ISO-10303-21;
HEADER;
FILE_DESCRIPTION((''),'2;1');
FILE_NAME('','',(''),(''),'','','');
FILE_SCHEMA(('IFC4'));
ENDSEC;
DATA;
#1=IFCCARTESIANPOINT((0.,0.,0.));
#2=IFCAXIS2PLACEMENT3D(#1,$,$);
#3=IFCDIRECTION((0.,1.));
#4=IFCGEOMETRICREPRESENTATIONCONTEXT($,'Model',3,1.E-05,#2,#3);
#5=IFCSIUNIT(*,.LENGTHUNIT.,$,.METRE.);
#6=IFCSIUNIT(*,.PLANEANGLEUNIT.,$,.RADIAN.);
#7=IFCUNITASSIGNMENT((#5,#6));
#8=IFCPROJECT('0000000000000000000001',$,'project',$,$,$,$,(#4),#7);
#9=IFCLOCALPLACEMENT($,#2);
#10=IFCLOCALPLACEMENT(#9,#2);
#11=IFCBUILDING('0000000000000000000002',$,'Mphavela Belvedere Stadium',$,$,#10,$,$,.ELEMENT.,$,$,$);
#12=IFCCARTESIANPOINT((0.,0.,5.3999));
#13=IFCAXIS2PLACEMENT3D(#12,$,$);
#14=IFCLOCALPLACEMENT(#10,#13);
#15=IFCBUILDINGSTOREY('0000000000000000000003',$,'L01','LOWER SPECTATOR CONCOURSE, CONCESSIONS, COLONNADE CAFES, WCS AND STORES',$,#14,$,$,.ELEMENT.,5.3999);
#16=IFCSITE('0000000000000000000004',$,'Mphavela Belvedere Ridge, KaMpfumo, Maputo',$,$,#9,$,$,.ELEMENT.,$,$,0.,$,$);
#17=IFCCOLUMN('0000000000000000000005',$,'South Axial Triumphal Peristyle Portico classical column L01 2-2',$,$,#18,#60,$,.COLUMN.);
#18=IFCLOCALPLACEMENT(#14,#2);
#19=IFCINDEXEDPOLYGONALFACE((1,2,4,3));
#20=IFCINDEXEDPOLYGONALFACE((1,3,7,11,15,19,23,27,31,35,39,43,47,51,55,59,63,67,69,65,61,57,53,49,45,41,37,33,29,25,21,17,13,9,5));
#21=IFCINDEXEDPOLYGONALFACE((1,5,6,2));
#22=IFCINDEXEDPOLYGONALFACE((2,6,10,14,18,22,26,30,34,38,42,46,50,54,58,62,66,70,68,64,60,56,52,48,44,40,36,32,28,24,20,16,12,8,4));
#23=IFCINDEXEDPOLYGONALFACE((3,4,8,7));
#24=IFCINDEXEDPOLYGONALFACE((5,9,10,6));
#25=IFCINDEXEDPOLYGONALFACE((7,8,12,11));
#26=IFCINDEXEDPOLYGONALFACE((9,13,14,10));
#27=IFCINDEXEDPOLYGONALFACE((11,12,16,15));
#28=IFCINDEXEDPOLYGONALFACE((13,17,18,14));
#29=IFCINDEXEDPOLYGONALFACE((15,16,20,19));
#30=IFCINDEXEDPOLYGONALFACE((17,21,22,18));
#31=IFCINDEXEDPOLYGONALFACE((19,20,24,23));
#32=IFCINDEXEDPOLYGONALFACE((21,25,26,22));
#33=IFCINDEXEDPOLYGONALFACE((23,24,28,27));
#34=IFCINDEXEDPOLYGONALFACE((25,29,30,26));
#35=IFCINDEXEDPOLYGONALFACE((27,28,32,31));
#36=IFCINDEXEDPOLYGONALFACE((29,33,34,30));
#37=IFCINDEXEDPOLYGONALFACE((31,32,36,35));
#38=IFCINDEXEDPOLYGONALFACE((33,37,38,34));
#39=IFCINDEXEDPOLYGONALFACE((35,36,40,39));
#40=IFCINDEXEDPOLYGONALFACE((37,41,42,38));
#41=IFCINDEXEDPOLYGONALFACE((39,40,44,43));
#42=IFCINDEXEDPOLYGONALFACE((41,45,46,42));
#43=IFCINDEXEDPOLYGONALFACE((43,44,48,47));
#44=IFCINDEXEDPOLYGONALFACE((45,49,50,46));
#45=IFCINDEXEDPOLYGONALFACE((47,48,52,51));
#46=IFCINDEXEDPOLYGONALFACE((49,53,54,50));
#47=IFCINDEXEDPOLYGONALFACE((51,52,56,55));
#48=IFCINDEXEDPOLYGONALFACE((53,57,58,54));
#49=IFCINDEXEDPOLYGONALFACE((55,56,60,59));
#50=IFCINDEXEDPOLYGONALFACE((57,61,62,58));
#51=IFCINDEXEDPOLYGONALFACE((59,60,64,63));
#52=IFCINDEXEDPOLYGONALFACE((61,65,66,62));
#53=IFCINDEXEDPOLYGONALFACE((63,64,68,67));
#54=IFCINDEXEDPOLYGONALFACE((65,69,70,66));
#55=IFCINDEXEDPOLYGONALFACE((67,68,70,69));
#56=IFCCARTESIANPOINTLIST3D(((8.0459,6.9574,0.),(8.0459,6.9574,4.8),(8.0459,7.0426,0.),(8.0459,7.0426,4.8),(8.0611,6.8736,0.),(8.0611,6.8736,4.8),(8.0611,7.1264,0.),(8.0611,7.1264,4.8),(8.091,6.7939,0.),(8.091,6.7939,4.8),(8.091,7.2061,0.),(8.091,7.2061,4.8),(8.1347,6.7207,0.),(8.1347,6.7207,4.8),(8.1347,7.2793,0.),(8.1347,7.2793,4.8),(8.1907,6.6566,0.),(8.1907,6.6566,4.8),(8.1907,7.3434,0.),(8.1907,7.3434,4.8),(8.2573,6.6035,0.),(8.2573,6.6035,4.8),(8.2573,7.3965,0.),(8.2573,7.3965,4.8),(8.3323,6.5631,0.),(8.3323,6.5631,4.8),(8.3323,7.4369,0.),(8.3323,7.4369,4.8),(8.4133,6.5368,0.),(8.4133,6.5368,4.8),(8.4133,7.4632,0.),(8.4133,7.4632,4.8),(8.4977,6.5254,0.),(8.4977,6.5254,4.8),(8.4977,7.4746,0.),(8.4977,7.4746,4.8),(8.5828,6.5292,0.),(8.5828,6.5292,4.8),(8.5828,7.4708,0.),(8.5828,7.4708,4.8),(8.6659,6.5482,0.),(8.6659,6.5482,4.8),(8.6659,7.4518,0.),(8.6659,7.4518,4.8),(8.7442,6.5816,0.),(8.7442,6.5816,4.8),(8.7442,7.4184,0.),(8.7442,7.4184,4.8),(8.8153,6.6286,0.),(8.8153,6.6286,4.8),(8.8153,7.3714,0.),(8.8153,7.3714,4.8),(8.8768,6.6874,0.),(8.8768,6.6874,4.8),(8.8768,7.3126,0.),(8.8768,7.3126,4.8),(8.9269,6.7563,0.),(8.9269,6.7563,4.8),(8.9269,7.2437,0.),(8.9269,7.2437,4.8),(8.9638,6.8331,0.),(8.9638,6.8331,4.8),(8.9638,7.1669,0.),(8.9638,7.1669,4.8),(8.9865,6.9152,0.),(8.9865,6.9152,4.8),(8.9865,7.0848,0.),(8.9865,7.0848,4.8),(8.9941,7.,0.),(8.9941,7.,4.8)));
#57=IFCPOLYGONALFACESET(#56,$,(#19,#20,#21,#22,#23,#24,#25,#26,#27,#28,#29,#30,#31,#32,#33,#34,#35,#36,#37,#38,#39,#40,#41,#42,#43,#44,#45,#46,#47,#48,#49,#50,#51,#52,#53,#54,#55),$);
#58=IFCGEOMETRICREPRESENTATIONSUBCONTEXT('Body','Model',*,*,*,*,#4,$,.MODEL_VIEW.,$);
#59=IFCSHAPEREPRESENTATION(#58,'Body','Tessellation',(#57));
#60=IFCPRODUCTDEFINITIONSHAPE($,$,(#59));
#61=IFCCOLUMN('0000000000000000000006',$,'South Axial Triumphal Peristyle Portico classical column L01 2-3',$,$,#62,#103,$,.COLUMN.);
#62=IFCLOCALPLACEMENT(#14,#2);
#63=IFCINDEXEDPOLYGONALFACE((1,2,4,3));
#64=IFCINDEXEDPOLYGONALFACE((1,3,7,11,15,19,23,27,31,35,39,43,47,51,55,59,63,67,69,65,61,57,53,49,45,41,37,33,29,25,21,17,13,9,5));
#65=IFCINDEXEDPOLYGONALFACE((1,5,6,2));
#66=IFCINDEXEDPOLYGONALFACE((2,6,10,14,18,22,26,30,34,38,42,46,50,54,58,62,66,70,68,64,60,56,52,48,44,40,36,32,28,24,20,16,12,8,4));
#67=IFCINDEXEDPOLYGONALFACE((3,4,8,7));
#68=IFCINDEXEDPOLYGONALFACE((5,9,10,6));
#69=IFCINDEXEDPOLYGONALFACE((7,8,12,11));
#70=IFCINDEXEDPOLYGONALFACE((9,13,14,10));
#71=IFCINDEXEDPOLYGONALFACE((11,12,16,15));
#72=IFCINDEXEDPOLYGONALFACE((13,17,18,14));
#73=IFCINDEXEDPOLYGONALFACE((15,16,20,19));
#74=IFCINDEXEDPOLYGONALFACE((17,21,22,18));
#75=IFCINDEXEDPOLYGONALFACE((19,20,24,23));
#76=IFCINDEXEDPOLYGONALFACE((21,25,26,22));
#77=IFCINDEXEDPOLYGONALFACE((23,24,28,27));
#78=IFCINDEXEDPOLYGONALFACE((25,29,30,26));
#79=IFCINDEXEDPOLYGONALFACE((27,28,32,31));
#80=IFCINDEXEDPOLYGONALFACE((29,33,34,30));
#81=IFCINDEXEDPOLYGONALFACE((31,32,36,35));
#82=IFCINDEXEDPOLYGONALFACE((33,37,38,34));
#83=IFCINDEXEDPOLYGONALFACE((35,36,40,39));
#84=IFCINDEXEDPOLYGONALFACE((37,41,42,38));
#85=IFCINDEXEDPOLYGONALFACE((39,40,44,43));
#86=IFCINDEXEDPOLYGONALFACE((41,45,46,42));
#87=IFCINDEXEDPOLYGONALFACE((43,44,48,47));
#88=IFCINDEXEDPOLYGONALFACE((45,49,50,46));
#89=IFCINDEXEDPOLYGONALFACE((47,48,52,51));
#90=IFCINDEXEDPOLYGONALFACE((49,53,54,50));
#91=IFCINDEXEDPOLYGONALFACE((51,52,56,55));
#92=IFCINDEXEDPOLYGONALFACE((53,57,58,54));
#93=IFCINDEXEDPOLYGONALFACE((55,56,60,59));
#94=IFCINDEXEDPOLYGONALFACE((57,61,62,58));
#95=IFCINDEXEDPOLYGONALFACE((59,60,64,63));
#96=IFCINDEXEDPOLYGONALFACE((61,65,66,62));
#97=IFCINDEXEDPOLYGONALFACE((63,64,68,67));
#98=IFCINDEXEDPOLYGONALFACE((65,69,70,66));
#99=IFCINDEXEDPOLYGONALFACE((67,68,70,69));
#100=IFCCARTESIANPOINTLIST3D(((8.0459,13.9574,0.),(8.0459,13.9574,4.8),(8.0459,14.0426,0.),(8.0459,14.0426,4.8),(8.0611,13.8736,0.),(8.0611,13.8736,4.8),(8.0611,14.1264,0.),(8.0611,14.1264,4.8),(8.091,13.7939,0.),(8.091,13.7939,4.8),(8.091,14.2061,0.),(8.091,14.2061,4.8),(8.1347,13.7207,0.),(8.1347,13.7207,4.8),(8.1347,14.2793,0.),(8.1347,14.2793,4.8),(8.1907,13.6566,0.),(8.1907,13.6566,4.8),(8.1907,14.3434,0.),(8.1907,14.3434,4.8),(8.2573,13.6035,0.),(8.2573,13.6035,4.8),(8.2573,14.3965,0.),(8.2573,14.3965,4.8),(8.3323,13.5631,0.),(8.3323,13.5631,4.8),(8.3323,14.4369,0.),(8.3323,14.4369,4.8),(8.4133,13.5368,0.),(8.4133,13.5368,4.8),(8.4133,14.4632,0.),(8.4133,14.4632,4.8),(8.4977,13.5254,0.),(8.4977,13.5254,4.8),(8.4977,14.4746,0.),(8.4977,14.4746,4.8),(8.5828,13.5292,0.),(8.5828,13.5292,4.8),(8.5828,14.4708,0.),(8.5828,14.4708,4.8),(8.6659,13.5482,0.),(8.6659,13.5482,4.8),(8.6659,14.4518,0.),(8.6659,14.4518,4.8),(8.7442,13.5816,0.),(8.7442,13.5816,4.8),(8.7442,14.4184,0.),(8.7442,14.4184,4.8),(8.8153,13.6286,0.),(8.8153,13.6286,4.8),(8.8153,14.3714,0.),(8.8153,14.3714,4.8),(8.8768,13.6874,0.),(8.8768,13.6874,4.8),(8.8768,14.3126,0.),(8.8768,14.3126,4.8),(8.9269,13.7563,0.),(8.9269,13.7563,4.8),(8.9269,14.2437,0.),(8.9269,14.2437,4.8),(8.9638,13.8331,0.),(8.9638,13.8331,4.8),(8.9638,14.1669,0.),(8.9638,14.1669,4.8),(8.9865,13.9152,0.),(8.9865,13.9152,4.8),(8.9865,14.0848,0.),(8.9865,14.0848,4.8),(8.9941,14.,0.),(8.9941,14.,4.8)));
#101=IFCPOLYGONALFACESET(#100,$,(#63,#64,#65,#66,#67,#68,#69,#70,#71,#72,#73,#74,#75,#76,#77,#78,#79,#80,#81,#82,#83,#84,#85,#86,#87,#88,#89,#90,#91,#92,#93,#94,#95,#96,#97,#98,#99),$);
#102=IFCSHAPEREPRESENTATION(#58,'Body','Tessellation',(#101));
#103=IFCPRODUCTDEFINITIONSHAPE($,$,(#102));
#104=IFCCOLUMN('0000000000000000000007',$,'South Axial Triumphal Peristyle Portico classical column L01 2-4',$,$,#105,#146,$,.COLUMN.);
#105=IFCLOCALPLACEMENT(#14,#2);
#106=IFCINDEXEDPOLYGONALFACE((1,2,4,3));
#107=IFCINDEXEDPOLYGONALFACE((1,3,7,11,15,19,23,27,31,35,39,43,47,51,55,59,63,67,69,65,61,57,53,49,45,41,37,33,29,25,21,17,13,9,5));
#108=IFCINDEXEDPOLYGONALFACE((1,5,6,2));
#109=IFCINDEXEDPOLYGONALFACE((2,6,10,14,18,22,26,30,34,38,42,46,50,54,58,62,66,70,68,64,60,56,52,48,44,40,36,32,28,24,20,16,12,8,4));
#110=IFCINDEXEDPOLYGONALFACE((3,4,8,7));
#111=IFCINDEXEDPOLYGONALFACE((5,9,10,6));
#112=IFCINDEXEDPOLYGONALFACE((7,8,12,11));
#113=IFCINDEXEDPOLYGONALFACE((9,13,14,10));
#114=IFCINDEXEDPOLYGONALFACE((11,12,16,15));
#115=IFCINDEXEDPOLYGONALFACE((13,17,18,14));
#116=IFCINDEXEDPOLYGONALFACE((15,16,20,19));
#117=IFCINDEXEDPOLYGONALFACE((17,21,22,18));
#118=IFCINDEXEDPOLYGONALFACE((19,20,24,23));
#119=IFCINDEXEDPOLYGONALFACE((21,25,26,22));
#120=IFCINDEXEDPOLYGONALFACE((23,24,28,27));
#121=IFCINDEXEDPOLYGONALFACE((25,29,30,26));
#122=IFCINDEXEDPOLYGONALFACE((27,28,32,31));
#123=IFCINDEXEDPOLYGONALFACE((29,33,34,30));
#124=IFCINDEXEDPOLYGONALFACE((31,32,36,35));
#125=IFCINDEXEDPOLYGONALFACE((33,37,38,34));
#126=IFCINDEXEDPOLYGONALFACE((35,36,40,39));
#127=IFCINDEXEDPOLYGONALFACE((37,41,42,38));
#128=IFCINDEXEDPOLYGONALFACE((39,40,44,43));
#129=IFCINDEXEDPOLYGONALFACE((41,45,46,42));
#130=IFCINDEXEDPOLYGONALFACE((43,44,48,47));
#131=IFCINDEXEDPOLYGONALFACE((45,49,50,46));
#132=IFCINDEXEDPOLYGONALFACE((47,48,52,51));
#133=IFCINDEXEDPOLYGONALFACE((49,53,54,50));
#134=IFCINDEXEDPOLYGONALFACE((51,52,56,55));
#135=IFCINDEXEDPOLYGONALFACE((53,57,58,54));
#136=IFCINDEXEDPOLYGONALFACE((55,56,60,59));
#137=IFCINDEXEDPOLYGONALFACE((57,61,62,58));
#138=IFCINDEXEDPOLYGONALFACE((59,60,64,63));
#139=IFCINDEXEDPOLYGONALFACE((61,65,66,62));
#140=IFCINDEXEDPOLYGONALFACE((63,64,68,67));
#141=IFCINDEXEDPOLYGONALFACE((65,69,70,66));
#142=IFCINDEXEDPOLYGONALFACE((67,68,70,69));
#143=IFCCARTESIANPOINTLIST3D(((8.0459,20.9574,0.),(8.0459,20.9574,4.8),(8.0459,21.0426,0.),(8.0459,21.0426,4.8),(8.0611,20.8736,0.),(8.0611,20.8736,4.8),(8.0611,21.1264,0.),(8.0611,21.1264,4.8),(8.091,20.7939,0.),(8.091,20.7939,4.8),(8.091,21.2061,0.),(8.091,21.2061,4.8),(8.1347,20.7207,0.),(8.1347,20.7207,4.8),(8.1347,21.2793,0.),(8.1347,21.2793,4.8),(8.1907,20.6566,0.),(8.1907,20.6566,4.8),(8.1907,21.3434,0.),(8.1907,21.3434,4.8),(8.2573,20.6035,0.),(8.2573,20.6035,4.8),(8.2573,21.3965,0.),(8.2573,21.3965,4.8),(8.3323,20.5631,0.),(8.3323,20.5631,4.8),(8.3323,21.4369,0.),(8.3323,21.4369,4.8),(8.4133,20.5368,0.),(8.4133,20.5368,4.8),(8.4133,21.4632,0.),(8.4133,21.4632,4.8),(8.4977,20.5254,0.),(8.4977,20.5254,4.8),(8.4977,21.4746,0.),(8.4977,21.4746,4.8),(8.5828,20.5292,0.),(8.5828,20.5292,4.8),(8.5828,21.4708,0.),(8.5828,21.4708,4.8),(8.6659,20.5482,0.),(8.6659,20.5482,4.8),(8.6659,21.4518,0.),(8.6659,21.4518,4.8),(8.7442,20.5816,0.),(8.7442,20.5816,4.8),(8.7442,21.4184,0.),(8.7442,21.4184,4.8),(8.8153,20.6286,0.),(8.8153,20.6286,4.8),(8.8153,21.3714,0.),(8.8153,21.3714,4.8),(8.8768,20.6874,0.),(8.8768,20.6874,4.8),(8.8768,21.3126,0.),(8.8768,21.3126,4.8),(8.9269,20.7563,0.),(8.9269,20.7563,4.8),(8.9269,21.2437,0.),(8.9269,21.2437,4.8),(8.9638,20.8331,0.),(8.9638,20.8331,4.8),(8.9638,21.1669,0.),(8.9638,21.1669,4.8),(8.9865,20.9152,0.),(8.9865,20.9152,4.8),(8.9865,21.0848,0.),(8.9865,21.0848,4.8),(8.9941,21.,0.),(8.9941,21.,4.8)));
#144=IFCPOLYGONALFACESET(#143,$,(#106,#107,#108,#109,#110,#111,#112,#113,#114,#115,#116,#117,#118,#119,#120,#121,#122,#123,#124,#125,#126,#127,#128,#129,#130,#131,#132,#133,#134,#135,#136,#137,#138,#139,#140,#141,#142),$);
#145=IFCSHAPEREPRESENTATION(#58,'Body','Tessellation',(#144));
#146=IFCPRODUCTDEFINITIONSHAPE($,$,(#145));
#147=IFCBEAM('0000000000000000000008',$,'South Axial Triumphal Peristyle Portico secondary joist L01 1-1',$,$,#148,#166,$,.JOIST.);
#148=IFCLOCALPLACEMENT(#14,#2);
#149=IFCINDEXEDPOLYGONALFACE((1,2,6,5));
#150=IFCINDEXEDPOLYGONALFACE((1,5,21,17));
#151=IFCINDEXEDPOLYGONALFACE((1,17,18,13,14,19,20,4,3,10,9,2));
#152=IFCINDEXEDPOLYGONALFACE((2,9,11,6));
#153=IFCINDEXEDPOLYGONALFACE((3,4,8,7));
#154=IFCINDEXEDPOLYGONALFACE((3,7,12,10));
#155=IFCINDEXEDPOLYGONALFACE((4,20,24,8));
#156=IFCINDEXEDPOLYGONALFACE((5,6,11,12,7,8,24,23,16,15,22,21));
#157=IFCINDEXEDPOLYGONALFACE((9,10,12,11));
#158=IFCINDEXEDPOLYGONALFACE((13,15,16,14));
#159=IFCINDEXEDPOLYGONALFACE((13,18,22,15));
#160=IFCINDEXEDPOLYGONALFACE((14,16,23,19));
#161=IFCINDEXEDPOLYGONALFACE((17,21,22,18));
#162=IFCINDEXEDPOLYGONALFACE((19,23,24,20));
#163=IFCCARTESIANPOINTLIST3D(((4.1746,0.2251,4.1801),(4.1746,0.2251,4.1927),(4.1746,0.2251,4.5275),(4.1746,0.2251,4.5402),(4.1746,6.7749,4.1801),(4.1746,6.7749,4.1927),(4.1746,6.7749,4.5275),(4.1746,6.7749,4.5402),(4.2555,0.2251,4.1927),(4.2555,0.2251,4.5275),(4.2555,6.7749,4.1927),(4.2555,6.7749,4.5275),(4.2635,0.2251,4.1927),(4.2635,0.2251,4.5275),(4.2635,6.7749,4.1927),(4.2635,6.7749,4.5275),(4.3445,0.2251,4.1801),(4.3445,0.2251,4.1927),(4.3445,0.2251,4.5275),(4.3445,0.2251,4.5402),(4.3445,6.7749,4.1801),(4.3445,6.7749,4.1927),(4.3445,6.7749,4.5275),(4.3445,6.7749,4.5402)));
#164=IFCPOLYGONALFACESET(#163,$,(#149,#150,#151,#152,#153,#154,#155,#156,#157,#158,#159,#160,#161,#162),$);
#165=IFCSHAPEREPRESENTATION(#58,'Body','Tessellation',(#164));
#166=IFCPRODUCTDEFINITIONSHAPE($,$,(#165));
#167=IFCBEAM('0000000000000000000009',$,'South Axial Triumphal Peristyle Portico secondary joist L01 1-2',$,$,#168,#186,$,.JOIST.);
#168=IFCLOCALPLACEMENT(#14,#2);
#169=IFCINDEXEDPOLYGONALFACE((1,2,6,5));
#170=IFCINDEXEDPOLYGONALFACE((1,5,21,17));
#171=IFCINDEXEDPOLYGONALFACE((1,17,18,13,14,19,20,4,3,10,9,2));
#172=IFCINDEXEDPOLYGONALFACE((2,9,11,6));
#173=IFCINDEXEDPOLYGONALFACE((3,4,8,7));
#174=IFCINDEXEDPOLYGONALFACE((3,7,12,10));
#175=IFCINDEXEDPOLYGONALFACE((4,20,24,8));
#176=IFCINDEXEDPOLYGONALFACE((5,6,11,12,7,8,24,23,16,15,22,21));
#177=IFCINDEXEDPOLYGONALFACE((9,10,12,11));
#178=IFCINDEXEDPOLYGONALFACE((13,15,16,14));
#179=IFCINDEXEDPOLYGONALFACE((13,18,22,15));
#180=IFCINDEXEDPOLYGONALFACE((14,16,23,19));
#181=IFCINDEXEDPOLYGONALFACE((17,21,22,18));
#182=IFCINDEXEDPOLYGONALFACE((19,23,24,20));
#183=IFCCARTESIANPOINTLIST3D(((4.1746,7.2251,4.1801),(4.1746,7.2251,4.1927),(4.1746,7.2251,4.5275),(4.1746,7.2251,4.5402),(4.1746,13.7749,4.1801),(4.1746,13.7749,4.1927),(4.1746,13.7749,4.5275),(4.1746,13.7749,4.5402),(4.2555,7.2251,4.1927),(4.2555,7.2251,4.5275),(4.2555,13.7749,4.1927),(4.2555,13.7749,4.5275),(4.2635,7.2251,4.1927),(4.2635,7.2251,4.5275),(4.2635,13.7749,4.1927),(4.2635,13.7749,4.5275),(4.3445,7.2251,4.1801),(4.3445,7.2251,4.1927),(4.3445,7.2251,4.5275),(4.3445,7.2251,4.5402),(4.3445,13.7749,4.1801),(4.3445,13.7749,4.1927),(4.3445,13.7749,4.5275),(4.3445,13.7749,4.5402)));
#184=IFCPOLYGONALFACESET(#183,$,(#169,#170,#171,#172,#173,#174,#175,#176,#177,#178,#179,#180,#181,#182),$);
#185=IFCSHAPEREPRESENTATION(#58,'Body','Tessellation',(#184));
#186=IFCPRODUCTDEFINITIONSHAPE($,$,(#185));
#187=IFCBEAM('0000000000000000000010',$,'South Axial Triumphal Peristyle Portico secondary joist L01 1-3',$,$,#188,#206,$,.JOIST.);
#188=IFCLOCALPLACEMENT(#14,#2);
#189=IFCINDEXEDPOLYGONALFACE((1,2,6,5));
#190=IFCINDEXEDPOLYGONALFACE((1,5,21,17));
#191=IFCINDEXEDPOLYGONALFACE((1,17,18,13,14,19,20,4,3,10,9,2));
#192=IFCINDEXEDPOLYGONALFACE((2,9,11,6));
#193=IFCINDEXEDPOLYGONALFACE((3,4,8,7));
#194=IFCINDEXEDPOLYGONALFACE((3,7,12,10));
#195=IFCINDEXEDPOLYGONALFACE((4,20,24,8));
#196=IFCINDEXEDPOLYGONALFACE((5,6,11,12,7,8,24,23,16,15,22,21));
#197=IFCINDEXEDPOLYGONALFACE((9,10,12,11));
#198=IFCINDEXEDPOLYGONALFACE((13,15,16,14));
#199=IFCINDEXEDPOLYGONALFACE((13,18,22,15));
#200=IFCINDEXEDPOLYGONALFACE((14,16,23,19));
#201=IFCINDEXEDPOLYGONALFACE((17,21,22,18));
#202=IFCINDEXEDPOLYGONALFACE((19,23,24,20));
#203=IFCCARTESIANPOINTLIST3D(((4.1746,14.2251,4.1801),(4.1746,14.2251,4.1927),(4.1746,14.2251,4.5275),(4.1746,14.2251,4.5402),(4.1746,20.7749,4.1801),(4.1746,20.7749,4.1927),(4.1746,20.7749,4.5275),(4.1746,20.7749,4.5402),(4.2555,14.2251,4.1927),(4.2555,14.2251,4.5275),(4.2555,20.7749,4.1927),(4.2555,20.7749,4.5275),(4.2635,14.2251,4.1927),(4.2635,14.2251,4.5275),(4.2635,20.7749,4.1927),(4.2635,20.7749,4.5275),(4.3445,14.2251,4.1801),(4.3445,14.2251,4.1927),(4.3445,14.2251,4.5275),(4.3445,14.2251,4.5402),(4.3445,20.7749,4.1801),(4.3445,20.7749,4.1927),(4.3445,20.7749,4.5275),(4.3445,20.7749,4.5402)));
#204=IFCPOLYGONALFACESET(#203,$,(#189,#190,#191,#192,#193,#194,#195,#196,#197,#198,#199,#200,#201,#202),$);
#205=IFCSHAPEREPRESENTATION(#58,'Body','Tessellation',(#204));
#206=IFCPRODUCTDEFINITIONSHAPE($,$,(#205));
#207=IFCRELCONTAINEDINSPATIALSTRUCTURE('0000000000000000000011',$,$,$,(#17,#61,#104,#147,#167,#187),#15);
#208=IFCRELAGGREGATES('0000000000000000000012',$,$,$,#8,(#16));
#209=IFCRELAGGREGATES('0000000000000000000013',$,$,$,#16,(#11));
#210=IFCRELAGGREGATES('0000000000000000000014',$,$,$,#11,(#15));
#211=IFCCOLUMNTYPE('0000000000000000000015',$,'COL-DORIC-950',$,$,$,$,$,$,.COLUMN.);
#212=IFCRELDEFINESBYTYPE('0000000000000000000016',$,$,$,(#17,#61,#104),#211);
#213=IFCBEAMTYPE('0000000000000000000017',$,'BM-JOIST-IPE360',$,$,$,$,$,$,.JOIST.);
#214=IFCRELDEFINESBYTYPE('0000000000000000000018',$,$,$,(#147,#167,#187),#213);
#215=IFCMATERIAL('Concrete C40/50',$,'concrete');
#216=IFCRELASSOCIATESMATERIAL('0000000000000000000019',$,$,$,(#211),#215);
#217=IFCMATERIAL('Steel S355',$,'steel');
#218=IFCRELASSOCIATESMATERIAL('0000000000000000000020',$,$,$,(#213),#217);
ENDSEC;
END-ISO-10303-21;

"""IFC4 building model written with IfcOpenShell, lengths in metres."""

from ifc_helpers import new_model, si_unit, direction, frame, origin, origin_2d, place, context, subcontext, project, spatial, circle, i_section, extrude, material, material_profile, profile_set, type_object, element, save


model = new_model("IFC4")

# Units and contexts
model_context = context("Model", 3, precision=1e-05, world=origin(), true_north=direction((0.0, 1.0)))
body_context = subcontext(model_context, "Body", "Model", "MODEL_VIEW")
ifc_project = project(units=[si_unit("LENGTHUNIT", "METRE"), si_unit("PLANEANGLEUNIT", "RADIAN")], contexts=[model_context])

# Site, building, storey
site_placement = place(None, origin())
site = spatial("IfcSite", under=ifc_project, at=site_placement, Name="Mphavela Belvedere Ridge, KaMpfumo, Maputo", CompositionType="ELEMENT", RefElevation=0.0)
building_placement = place(site_placement, origin())
building = spatial("IfcBuilding", under=site, at=building_placement, Name="Mphavela Belvedere Stadium", CompositionType="ELEMENT")
storey_placement = place(building_placement, frame((0.0, 0.0, 5.3999)))
storey = spatial("IfcBuildingStorey", under=building, at=storey_placement, Name="L01", Description="LOWER SPECTATOR CONCOURSE, CONCESSIONS, COLONNADE CAFES, WCS AND STORES", CompositionType="ELEMENT", Elevation=5.3999)

# Columns
ifc_material_1 = material(Name="Concrete C40/50", Category="concrete")
ifc_material_profile_1 = material_profile(ifc_material_1, circle(Radius=0.4751, at=origin_2d()), Name="COL D950")
ifc_profile_set_1 = profile_set([ifc_material_profile_1], Name="Concrete C40/50")
column_type = type_object("IfcColumnType", Name="COL-DORIC-950", PredefinedType="COLUMN", material=ifc_profile_set_1)
for number, where, z_axis, x_axis, name in (
    (1, (8.519, 7.0, 0.0), (0.0, 0.0, 1.0), (1.0, 0.0, 0.0), "South Axial Triumphal Peristyle Portico classical column L01 2-2"),
    (2, (8.519, 14.0, 0.0), (0.0, 0.0, 1.0), (1.0, 0.0, 0.0), "South Axial Triumphal Peristyle Portico classical column L01 2-3"),
    (3, (8.519, 21.0, 0.0), (0.0, 0.0, 1.0), (1.0, 0.0, 0.0), "South Axial Triumphal Peristyle Portico classical column L01 2-4"),
):
    element("IfcColumn", number, at=place(storey_placement, frame(where, z_axis=z_axis, x_axis=x_axis)), inside=storey, type_object=column_type, Name=name, PredefinedType="COLUMN", context=body_context, shape_type="SweptSolid", body=[
        extrude(circle(Radius=0.4751, at=origin_2d()), origin(), (0.0, 0.0, 1.0), 4.8),
    ])

# Beams
ifc_material_2 = material(Name="Steel S355", Category="steel")
ifc_material_profile_2 = material_profile(ifc_material_2, i_section(OverallWidth=0.1699, OverallDepth=0.3601, WebThickness=0.0081, FlangeThickness=0.0127, at=origin_2d()), Name="IPE 360")
ifc_profile_set_2 = profile_set([ifc_material_profile_2], Name="Steel S355")
beam_type_1 = type_object("IfcBeamType", Name="BM-JOIST-IPE360", PredefinedType="JOIST", material=ifc_profile_set_2)
for number, where, z_axis, x_axis, name in (
    (4, (4.2595, 0.2251, 4.3601), (0.0, 1.0, 0.0), (-1.0, 0.0, 0.0), "South Axial Triumphal Peristyle Portico secondary joist L01 1-1"),
    (5, (4.2595, 7.2251, 4.3601), (0.0, 1.0, 0.0), (-1.0, 0.0, 0.0), "South Axial Triumphal Peristyle Portico secondary joist L01 1-2"),
    (6, (4.2595, 14.2251, 4.3601), (0.0, 1.0, 0.0), (-1.0, 0.0, 0.0), "South Axial Triumphal Peristyle Portico secondary joist L01 1-3"),
):
    element("IfcBeam", number, at=place(storey_placement, frame(where, z_axis=z_axis, x_axis=x_axis)), inside=storey, type_object=beam_type_1, Name=name, PredefinedType="JOIST", context=body_context, shape_type="SweptSolid", body=[
        extrude(i_section(OverallWidth=0.1699, OverallDepth=0.3601, WebThickness=0.0081, FlangeThickness=0.0127, at=origin_2d()), origin(), (0.0, 0.0, 1.0), 6.5498),
    ])

save(model, "model.ifc")
